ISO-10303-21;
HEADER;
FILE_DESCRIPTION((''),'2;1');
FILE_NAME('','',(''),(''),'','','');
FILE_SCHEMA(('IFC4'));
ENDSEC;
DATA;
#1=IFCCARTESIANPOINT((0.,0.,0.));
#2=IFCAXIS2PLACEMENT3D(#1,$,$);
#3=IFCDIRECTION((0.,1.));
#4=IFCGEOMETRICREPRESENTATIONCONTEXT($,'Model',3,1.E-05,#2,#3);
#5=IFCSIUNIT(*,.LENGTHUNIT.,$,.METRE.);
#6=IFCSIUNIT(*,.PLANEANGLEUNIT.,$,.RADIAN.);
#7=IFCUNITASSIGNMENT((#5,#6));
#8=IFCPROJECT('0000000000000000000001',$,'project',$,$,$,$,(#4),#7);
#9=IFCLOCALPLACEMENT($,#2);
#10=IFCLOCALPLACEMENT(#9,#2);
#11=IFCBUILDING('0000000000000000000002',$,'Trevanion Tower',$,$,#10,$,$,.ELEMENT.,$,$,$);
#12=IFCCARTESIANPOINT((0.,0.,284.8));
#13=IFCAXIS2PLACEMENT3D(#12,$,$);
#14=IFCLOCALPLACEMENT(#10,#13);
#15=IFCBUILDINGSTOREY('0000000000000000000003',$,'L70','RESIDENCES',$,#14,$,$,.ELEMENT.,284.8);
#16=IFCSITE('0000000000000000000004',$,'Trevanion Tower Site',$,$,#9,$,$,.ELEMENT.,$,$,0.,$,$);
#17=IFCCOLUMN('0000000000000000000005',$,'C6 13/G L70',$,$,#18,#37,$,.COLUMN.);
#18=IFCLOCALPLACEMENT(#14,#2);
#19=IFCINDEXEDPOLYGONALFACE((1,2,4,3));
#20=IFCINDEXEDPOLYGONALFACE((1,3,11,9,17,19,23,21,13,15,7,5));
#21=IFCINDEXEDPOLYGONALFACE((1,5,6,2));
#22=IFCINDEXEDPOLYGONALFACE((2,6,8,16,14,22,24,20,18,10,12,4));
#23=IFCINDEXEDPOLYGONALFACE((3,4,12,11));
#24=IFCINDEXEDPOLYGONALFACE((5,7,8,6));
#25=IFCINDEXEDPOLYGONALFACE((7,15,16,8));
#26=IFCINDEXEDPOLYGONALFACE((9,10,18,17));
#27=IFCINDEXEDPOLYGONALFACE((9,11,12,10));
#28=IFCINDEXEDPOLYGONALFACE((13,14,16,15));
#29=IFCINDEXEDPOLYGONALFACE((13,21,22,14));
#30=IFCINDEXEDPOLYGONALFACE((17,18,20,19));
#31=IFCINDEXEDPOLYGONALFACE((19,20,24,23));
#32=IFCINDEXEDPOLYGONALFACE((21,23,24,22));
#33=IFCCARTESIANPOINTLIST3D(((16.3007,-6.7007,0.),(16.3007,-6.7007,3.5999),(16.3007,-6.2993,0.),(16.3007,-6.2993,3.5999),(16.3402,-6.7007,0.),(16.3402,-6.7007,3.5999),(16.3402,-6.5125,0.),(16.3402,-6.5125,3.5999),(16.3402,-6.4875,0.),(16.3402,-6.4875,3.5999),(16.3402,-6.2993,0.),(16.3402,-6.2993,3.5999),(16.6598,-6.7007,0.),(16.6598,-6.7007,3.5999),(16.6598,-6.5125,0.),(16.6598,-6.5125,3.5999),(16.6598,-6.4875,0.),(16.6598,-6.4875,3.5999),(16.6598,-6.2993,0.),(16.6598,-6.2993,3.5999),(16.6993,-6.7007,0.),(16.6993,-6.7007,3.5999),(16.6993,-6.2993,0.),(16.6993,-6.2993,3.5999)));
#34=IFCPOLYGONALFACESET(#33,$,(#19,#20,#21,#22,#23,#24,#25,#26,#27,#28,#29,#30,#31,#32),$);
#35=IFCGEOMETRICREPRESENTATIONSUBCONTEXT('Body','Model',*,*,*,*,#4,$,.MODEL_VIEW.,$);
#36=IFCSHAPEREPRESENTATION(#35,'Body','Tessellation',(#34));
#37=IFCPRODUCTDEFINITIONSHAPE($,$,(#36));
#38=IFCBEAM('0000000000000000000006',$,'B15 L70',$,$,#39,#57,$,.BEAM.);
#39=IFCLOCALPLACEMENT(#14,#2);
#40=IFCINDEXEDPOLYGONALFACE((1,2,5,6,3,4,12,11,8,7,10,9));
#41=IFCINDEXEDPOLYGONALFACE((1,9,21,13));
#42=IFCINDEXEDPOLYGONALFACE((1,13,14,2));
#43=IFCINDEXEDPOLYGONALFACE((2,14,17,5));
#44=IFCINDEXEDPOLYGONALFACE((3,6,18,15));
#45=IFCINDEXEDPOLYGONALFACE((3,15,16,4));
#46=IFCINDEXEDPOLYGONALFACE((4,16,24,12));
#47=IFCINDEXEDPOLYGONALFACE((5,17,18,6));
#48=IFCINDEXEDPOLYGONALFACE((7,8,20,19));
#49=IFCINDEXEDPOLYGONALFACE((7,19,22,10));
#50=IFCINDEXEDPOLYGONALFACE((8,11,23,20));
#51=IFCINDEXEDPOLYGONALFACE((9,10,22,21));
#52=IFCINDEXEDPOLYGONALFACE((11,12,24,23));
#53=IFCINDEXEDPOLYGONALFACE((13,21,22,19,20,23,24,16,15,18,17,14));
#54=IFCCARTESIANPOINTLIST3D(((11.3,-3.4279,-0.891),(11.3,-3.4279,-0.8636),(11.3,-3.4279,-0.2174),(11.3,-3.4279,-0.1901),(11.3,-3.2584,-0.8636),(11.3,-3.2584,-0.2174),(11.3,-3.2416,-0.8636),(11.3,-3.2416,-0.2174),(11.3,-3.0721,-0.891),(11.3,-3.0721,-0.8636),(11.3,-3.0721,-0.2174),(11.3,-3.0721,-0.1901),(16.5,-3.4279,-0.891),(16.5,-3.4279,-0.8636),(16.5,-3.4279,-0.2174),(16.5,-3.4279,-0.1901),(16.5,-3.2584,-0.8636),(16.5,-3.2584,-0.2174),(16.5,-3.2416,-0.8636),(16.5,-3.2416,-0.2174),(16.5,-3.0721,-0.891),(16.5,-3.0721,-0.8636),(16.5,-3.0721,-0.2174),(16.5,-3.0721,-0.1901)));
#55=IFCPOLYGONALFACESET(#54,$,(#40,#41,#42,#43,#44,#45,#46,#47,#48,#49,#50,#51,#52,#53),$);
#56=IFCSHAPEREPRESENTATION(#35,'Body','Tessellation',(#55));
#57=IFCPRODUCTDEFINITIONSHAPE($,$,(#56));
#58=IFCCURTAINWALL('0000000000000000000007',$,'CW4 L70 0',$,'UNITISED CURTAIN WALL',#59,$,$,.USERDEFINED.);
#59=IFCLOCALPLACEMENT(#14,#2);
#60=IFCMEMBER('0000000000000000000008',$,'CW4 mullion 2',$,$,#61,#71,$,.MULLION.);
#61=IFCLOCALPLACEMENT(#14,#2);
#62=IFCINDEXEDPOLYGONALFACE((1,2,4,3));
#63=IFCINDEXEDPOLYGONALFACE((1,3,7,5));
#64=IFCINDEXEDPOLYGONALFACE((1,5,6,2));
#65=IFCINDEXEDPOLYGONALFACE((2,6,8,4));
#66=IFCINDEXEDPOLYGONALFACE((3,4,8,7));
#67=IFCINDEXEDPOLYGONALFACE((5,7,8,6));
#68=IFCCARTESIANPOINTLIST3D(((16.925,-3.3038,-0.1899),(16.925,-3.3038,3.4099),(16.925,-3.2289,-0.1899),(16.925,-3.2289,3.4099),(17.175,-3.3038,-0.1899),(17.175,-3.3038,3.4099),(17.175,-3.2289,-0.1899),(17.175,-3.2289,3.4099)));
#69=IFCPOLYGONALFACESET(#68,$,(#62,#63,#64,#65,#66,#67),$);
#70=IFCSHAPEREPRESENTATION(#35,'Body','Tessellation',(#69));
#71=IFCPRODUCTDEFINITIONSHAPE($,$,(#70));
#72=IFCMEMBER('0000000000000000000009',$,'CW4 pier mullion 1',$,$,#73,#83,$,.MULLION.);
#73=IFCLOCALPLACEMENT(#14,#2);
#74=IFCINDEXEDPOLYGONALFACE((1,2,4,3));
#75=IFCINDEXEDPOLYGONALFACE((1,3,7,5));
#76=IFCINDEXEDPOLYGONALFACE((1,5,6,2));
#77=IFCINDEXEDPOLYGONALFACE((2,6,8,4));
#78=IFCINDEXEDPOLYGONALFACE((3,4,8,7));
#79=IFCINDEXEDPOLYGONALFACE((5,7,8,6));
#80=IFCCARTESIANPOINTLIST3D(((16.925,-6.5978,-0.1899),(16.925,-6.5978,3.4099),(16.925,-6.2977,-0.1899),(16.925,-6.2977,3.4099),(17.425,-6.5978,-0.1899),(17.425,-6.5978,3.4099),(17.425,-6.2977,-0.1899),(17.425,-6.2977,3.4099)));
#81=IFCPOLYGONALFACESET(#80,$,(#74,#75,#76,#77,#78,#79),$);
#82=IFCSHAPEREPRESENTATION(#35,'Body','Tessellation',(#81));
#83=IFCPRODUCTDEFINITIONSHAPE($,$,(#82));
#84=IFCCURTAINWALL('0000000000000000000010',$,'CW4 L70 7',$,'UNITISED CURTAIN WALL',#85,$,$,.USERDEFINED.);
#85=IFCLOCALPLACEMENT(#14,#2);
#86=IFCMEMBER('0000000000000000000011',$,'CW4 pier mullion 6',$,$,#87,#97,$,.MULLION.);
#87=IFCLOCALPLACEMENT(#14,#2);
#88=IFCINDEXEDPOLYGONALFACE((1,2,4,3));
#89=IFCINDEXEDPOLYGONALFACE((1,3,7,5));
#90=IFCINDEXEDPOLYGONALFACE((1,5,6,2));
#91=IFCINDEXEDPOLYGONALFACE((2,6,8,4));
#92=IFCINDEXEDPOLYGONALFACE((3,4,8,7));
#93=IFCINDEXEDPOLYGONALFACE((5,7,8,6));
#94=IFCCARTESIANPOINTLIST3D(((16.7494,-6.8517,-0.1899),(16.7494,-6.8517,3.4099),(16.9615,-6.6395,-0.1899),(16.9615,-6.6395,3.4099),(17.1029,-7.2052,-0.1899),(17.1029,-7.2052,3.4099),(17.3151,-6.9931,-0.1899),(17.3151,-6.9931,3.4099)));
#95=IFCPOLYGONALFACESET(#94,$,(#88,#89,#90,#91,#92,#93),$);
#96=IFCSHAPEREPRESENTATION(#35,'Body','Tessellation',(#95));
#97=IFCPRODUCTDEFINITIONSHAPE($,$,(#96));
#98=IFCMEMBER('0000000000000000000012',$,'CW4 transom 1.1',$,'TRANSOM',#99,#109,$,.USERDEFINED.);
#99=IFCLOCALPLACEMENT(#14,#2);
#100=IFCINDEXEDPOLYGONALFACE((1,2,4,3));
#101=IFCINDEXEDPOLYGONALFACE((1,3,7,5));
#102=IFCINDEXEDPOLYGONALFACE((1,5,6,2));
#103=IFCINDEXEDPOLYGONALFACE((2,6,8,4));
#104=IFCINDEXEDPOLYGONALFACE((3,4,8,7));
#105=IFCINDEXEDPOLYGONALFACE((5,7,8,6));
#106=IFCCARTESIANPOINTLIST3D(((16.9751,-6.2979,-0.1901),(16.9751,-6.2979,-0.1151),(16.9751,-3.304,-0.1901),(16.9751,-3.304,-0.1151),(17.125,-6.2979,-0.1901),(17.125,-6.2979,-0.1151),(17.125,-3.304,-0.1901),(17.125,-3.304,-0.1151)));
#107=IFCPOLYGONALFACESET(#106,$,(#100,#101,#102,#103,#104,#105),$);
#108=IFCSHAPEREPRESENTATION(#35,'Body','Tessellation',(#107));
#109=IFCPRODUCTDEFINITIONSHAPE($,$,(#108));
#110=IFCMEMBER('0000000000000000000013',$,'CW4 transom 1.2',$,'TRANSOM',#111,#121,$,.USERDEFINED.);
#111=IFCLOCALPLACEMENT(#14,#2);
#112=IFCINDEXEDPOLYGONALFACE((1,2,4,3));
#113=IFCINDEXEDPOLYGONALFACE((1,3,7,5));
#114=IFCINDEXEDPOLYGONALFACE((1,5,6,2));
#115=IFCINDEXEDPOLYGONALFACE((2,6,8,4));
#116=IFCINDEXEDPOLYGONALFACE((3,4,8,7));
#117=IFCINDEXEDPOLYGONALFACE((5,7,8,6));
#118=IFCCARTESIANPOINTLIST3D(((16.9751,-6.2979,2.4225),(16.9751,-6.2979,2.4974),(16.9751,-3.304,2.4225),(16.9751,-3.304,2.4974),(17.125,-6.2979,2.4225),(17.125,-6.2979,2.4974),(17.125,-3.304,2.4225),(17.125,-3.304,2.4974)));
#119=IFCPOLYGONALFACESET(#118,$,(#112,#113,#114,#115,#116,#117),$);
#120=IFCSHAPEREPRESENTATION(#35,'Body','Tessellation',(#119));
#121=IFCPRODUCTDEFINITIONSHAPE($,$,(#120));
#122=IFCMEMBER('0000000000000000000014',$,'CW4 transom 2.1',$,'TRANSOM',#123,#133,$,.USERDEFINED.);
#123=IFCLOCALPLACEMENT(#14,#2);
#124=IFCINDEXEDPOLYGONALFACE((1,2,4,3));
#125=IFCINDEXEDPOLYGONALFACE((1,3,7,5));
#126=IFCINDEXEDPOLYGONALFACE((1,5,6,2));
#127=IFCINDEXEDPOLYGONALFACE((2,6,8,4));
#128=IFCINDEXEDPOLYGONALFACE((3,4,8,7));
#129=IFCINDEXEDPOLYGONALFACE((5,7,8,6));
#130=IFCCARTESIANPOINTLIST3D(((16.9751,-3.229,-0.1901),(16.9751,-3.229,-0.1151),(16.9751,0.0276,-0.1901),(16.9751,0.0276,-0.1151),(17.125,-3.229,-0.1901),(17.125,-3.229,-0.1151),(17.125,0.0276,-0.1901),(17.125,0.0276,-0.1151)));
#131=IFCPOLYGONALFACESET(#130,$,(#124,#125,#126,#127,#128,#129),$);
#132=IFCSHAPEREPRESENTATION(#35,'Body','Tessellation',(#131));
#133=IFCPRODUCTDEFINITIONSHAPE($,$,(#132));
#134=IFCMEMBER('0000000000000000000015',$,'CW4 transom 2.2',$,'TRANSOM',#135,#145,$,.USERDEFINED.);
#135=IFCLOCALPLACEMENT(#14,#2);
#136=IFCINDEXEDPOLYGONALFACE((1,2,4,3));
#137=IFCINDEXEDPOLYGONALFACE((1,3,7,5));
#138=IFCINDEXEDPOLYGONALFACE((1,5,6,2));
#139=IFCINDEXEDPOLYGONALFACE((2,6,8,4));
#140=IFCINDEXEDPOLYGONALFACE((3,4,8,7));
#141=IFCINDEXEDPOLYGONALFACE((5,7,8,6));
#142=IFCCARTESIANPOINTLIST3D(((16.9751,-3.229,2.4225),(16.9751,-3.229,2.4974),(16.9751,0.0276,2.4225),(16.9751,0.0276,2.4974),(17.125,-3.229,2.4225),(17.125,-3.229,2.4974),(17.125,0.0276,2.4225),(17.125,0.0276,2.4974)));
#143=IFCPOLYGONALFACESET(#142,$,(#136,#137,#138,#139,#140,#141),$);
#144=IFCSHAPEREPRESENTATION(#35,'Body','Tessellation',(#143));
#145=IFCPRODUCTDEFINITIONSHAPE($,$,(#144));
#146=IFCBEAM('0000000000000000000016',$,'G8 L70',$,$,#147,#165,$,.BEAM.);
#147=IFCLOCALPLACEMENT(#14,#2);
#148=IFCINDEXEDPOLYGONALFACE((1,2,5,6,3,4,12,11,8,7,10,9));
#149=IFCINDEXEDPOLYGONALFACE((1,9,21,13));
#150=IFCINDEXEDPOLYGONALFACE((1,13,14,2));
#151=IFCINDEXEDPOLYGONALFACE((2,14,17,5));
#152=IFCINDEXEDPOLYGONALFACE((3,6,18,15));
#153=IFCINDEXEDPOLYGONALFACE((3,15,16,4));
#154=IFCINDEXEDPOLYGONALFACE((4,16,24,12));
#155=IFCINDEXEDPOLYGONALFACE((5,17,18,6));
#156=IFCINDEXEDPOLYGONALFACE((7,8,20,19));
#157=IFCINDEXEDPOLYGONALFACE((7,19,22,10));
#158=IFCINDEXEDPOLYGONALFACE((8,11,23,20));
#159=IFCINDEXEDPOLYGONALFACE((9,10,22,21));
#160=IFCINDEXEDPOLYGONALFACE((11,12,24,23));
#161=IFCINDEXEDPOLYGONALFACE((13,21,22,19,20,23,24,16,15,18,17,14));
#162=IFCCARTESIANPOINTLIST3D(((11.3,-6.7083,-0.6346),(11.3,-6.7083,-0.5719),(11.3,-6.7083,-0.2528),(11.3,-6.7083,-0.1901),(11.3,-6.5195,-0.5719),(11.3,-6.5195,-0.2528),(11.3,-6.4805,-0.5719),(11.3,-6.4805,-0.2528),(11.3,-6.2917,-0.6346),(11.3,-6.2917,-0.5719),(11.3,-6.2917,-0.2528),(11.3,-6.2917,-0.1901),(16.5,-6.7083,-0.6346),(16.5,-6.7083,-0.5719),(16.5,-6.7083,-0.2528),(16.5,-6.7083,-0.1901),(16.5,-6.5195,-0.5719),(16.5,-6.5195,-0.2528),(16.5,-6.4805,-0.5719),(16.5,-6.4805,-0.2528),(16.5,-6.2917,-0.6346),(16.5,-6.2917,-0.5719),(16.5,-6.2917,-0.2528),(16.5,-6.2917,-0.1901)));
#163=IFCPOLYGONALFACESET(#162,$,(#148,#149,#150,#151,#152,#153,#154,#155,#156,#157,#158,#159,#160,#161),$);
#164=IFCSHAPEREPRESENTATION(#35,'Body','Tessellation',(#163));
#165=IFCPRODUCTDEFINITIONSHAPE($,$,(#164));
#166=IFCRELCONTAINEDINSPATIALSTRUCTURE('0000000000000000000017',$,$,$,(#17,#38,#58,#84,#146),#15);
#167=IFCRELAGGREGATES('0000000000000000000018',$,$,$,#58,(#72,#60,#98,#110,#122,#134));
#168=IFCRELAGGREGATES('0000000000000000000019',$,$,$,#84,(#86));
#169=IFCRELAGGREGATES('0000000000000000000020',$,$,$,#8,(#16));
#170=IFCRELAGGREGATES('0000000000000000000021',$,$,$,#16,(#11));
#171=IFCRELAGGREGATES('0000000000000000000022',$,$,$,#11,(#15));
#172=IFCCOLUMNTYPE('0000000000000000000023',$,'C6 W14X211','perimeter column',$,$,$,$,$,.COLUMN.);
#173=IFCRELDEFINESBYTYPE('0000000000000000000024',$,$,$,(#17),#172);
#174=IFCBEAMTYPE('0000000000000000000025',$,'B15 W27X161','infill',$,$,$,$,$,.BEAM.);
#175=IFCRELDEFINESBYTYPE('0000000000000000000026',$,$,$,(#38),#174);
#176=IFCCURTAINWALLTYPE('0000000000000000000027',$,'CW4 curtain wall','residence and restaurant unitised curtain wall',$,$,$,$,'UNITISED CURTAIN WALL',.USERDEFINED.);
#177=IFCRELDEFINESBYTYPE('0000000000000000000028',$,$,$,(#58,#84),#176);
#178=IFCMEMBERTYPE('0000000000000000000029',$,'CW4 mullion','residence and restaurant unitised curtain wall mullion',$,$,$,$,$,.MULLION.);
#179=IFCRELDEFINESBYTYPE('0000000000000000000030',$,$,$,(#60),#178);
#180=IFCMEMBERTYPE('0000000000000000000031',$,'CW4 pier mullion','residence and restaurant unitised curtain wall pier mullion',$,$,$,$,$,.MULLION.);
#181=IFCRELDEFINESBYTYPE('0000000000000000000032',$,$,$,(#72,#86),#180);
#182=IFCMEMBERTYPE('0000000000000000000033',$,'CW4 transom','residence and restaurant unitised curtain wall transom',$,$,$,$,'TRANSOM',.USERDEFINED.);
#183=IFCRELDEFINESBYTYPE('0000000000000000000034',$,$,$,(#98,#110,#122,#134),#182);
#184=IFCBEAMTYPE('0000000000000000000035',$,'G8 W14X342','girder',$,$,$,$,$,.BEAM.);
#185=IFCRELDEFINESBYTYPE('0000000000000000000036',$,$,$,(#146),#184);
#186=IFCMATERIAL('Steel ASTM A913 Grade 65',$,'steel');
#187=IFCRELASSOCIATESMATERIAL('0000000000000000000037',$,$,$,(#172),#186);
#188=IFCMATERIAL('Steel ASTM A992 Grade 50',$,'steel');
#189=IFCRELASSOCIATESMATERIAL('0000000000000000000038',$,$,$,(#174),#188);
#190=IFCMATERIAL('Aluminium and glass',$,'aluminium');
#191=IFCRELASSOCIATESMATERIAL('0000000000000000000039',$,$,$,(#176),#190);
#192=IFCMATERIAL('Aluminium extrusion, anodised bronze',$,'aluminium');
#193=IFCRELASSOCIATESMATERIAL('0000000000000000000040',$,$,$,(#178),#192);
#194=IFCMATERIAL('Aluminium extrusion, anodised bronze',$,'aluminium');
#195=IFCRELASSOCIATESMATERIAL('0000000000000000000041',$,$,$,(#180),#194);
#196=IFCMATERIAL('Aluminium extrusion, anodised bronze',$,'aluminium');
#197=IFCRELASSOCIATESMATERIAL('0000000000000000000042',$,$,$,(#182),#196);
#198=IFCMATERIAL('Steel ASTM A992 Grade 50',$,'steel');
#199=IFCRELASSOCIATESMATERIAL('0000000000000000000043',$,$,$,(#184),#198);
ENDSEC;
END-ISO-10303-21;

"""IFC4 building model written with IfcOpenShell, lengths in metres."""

from ifc_helpers import new_model, si_unit, direction, frame, origin, origin_2d, place, context, subcontext, project, spatial, rectangle, i_section, extrude, material, material_profile, profile_set, type_object, element, aggregate, save


model = new_model("IFC4")

# Units and contexts
model_context = context("Model", 3, precision=1e-05, world=origin(), true_north=direction((0.0, 1.0)))
body_context = subcontext(model_context, "Body", "Model", "MODEL_VIEW")
ifc_project = project(units=[si_unit("LENGTHUNIT", "METRE"), si_unit("PLANEANGLEUNIT", "RADIAN")], contexts=[model_context])

# Site, building, storey
site_placement = place(None, origin())
site = spatial("IfcSite", under=ifc_project, at=site_placement, Name="Trevanion Tower Site", CompositionType="ELEMENT", RefElevation=0.0)
building_placement = place(site_placement, origin())
building = spatial("IfcBuilding", under=site, at=building_placement, Name="Trevanion Tower", CompositionType="ELEMENT")
storey_placement = place(building_placement, frame((0.0, 0.0, 284.8)))
storey = spatial("IfcBuildingStorey", under=building, at=storey_placement, Name="L70", Description="RESIDENCES", CompositionType="ELEMENT", Elevation=284.8)

# Column
ifc_material_1 = material(Name="Steel ASTM A913 Grade 65", Category="steel")
ifc_material_profile_1 = material_profile(ifc_material_1, i_section(OverallWidth=0.4014, OverallDepth=0.3987, WebThickness=0.0249, FlangeThickness=0.0396, at=origin_2d()), Name="W14X211")
ifc_profile_set_1 = profile_set([ifc_material_profile_1], Name="Steel ASTM A913 Grade 65")
column_type = type_object("IfcColumnType", Name="C6 W14X211", Description="perimeter column", PredefinedType="COLUMN", material=ifc_profile_set_1)
column_placement = place(storey_placement, frame((16.5, -6.5, 0.0), z_axis=(0.0, 0.0, 1.0), x_axis=(0.0, 1.0, 0.0)))
element("IfcColumn", 1, at=column_placement, inside=storey, type_object=column_type, Name="C6 13/G L70", PredefinedType="COLUMN", context=body_context, shape_type="SweptSolid", body=[
    extrude(i_section(OverallWidth=0.4014, OverallDepth=0.3987, WebThickness=0.0249, FlangeThickness=0.0396, at=origin_2d()), origin(), (0.0, 0.0, 1.0), 3.5999),
])

# Beam
ifc_material_2 = material(Name="Steel ASTM A992 Grade 50", Category="steel")
ifc_material_profile_2 = material_profile(ifc_material_2, i_section(OverallWidth=0.3557, OverallDepth=0.7009, WebThickness=0.0168, FlangeThickness=0.0273, at=origin_2d()), Name="W27X161")
ifc_profile_set_2 = profile_set([ifc_material_profile_2], Name="Steel ASTM A992 Grade 50")
beam_type_1 = type_object("IfcBeamType", Name="B15 W27X161", Description="infill", PredefinedType="BEAM", material=ifc_profile_set_2)
beam_1_placement = place(storey_placement, frame((11.3, -3.25, -0.5405), z_axis=(1.0, 0.0, 0.0), x_axis=(0.0, 1.0, 0.0)))
element("IfcBeam", 2, at=beam_1_placement, inside=storey, type_object=beam_type_1, Name="B15 L70", PredefinedType="BEAM", context=body_context, shape_type="SweptSolid", body=[
    extrude(i_section(OverallWidth=0.3557, OverallDepth=0.7009, WebThickness=0.0168, FlangeThickness=0.0273, at=origin_2d()), origin(), (0.0, 0.0, 1.0), 5.2),
])

# Curtain wall, members
ifc_material_3 = material(Name="Aluminium and glass", Category="aluminium")
curtain_wall_type = type_object("IfcCurtainWallType", Name="CW4 curtain wall", Description="residence and restaurant unitised curtain wall", ElementType="UNITISED CURTAIN WALL", PredefinedType="USERDEFINED", material=ifc_material_3)
curtain_wall_1_placement = place(storey_placement, origin())
curtain_wall_1 = element("IfcCurtainWall", 3, at=curtain_wall_1_placement, inside=storey, type_object=curtain_wall_type, Name="CW4 L70 0", ObjectType="UNITISED CURTAIN WALL", PredefinedType="USERDEFINED")
ifc_material_4 = material(Name="Aluminium extrusion, anodised bronze", Category="aluminium")
ifc_material_profile_3 = material_profile(ifc_material_4, rectangle(XDim=0.075, YDim=0.25, at=origin_2d()), Name="CW4 mullion")
ifc_profile_set_3 = profile_set([ifc_material_profile_3], Name="Aluminium extrusion, anodised bronze")
member_type_1 = type_object("IfcMemberType", Name="CW4 mullion", Description="residence and restaurant unitised curtain wall mullion", PredefinedType="MULLION", material=ifc_profile_set_3)
member_1_placement = place(storey_placement, frame((17.05, -3.2664, -0.1899), z_axis=(0.0, 0.0, 1.0), x_axis=(0.0, 1.0, 0.0)))
member_1 = element("IfcMember", 4, at=member_1_placement, type_object=member_type_1, Name="CW4 mullion 2", PredefinedType="MULLION", context=body_context, shape_type="SweptSolid", body=[
    extrude(rectangle(XDim=0.075, YDim=0.25, at=origin_2d()), origin(), (0.0, 0.0, 1.0), 3.5999),
])
ifc_material_5 = material(Name="Aluminium extrusion, anodised bronze", Category="aluminium")
ifc_material_profile_4 = material_profile(ifc_material_5, rectangle(XDim=0.3, YDim=0.5, at=origin_2d()), Name="CW4 pier mullion")
ifc_profile_set_4 = profile_set([ifc_material_profile_4], Name="Aluminium extrusion, anodised bronze")
member_type_2 = type_object("IfcMemberType", Name="CW4 pier mullion", Description="residence and restaurant unitised curtain wall pier mullion", PredefinedType="MULLION", material=ifc_profile_set_4)
member_2_placement = place(storey_placement, frame((17.175, -6.4478, -0.1899), z_axis=(0.0, 0.0, 1.0), x_axis=(0.0, 1.0, 0.0)))
member_2 = element("IfcMember", 5, at=member_2_placement, type_object=member_type_2, Name="CW4 pier mullion 1", PredefinedType="MULLION", context=body_context, shape_type="SweptSolid", body=[
    extrude(rectangle(XDim=0.3, YDim=0.5, at=origin_2d()), origin(), (0.0, 0.0, 1.0), 3.5999),
])

# Curtain wall, member
curtain_wall_2_placement = place(storey_placement, origin())
curtain_wall_2 = element("IfcCurtainWall", 6, at=curtain_wall_2_placement, inside=storey, type_object=curtain_wall_type, Name="CW4 L70 7", ObjectType="UNITISED CURTAIN WALL", PredefinedType="USERDEFINED")
member_3_placement = place(storey_placement, frame((17.0322, -6.9224, -0.1899), z_axis=(0.0, 0.0, 1.0), x_axis=(0.707107, 0.707107, 0.0)))
member_3 = element("IfcMember", 7, at=member_3_placement, type_object=member_type_2, Name="CW4 pier mullion 6", PredefinedType="MULLION", context=body_context, shape_type="SweptSolid", body=[
    extrude(rectangle(XDim=0.3, YDim=0.5, at=origin_2d()), origin(), (0.0, 0.0, 1.0), 3.5999),
])

# Members
ifc_material_6 = material(Name="Aluminium extrusion, anodised bronze", Category="aluminium")
ifc_material_profile_5 = material_profile(ifc_material_6, rectangle(XDim=0.1499, YDim=0.075, at=origin_2d()), Name="CW4 transom")
ifc_profile_set_5 = profile_set([ifc_material_profile_5], Name="Aluminium extrusion, anodised bronze")
member_type_3 = type_object("IfcMemberType", Name="CW4 transom", Description="residence and restaurant unitised curtain wall transom", ElementType="TRANSOM", PredefinedType="USERDEFINED", material=ifc_profile_set_5)
member_4_placement = place(storey_placement, frame((17.05, -6.2979, -0.1526), z_axis=(0.0, 1.0, 0.0), x_axis=(-1.0, 0.0, 0.0)))
member_4 = element("IfcMember", 8, at=member_4_placement, type_object=member_type_3, Name="CW4 transom 1.1", ObjectType="TRANSOM", PredefinedType="USERDEFINED", context=body_context, shape_type="SweptSolid", body=[
    extrude(rectangle(XDim=0.1499, YDim=0.075, at=origin_2d()), origin(), (0.0, 0.0, 1.0), 2.9939),
])
member_5_placement = place(storey_placement, frame((17.05, -6.2979, 2.46), z_axis=(0.0, 1.0, 0.0), x_axis=(-1.0, 0.0, 0.0)))
member_5 = element("IfcMember", 9, at=member_5_placement, type_object=member_type_3, Name="CW4 transom 1.2", ObjectType="TRANSOM", PredefinedType="USERDEFINED", context=body_context, shape_type="SweptSolid", body=[
    extrude(rectangle(XDim=0.1499, YDim=0.075, at=origin_2d()), origin(), (0.0, 0.0, 1.0), 2.9939),
])
member_6_placement = place(storey_placement, frame((17.05, -3.229, -0.1526), z_axis=(0.0, 1.0, 0.0), x_axis=(-1.0, 0.0, 0.0)))
member_6 = element("IfcMember", 10, at=member_6_placement, type_object=member_type_3, Name="CW4 transom 2.1", ObjectType="TRANSOM", PredefinedType="USERDEFINED", context=body_context, shape_type="SweptSolid", body=[
    extrude(rectangle(XDim=0.1499, YDim=0.075, at=origin_2d()), origin(), (0.0, 0.0, 1.0), 3.2566),
])
member_7_placement = place(storey_placement, frame((17.05, -3.229, 2.46), z_axis=(0.0, 1.0, 0.0), x_axis=(-1.0, 0.0, 0.0)))
member_7 = element("IfcMember", 11, at=member_7_placement, type_object=member_type_3, Name="CW4 transom 2.2", ObjectType="TRANSOM", PredefinedType="USERDEFINED", context=body_context, shape_type="SweptSolid", body=[
    extrude(rectangle(XDim=0.1499, YDim=0.075, at=origin_2d()), origin(), (0.0, 0.0, 1.0), 3.2566),
])

# Beam
ifc_material_7 = material(Name="Steel ASTM A992 Grade 50", Category="steel")
ifc_material_profile_6 = material_profile(ifc_material_7, i_section(OverallWidth=0.4165, OverallDepth=0.4446, WebThickness=0.0391, FlangeThickness=0.0627, at=origin_2d()), Name="W14X342")
ifc_profile_set_6 = profile_set([ifc_material_profile_6], Name="Steel ASTM A992 Grade 50")
beam_type_2 = type_object("IfcBeamType", Name="G8 W14X342", Description="girder", PredefinedType="BEAM", material=ifc_profile_set_6)
beam_2_placement = place(storey_placement, frame((11.3, -6.5, -0.4124), z_axis=(1.0, 0.0, 0.0), x_axis=(0.0, 1.0, 0.0)))
element("IfcBeam", 12, at=beam_2_placement, inside=storey, type_object=beam_type_2, Name="G8 L70", PredefinedType="BEAM", context=body_context, shape_type="SweptSolid", body=[
    extrude(i_section(OverallWidth=0.4165, OverallDepth=0.4446, WebThickness=0.0391, FlangeThickness=0.0627, at=origin_2d()), origin(), (0.0, 0.0, 1.0), 5.2),
])

aggregate(curtain_wall_1, [member_2, member_1, member_4, member_5, member_6, member_7])
aggregate(curtain_wall_2, [member_3])

save(model, "model.ifc")
